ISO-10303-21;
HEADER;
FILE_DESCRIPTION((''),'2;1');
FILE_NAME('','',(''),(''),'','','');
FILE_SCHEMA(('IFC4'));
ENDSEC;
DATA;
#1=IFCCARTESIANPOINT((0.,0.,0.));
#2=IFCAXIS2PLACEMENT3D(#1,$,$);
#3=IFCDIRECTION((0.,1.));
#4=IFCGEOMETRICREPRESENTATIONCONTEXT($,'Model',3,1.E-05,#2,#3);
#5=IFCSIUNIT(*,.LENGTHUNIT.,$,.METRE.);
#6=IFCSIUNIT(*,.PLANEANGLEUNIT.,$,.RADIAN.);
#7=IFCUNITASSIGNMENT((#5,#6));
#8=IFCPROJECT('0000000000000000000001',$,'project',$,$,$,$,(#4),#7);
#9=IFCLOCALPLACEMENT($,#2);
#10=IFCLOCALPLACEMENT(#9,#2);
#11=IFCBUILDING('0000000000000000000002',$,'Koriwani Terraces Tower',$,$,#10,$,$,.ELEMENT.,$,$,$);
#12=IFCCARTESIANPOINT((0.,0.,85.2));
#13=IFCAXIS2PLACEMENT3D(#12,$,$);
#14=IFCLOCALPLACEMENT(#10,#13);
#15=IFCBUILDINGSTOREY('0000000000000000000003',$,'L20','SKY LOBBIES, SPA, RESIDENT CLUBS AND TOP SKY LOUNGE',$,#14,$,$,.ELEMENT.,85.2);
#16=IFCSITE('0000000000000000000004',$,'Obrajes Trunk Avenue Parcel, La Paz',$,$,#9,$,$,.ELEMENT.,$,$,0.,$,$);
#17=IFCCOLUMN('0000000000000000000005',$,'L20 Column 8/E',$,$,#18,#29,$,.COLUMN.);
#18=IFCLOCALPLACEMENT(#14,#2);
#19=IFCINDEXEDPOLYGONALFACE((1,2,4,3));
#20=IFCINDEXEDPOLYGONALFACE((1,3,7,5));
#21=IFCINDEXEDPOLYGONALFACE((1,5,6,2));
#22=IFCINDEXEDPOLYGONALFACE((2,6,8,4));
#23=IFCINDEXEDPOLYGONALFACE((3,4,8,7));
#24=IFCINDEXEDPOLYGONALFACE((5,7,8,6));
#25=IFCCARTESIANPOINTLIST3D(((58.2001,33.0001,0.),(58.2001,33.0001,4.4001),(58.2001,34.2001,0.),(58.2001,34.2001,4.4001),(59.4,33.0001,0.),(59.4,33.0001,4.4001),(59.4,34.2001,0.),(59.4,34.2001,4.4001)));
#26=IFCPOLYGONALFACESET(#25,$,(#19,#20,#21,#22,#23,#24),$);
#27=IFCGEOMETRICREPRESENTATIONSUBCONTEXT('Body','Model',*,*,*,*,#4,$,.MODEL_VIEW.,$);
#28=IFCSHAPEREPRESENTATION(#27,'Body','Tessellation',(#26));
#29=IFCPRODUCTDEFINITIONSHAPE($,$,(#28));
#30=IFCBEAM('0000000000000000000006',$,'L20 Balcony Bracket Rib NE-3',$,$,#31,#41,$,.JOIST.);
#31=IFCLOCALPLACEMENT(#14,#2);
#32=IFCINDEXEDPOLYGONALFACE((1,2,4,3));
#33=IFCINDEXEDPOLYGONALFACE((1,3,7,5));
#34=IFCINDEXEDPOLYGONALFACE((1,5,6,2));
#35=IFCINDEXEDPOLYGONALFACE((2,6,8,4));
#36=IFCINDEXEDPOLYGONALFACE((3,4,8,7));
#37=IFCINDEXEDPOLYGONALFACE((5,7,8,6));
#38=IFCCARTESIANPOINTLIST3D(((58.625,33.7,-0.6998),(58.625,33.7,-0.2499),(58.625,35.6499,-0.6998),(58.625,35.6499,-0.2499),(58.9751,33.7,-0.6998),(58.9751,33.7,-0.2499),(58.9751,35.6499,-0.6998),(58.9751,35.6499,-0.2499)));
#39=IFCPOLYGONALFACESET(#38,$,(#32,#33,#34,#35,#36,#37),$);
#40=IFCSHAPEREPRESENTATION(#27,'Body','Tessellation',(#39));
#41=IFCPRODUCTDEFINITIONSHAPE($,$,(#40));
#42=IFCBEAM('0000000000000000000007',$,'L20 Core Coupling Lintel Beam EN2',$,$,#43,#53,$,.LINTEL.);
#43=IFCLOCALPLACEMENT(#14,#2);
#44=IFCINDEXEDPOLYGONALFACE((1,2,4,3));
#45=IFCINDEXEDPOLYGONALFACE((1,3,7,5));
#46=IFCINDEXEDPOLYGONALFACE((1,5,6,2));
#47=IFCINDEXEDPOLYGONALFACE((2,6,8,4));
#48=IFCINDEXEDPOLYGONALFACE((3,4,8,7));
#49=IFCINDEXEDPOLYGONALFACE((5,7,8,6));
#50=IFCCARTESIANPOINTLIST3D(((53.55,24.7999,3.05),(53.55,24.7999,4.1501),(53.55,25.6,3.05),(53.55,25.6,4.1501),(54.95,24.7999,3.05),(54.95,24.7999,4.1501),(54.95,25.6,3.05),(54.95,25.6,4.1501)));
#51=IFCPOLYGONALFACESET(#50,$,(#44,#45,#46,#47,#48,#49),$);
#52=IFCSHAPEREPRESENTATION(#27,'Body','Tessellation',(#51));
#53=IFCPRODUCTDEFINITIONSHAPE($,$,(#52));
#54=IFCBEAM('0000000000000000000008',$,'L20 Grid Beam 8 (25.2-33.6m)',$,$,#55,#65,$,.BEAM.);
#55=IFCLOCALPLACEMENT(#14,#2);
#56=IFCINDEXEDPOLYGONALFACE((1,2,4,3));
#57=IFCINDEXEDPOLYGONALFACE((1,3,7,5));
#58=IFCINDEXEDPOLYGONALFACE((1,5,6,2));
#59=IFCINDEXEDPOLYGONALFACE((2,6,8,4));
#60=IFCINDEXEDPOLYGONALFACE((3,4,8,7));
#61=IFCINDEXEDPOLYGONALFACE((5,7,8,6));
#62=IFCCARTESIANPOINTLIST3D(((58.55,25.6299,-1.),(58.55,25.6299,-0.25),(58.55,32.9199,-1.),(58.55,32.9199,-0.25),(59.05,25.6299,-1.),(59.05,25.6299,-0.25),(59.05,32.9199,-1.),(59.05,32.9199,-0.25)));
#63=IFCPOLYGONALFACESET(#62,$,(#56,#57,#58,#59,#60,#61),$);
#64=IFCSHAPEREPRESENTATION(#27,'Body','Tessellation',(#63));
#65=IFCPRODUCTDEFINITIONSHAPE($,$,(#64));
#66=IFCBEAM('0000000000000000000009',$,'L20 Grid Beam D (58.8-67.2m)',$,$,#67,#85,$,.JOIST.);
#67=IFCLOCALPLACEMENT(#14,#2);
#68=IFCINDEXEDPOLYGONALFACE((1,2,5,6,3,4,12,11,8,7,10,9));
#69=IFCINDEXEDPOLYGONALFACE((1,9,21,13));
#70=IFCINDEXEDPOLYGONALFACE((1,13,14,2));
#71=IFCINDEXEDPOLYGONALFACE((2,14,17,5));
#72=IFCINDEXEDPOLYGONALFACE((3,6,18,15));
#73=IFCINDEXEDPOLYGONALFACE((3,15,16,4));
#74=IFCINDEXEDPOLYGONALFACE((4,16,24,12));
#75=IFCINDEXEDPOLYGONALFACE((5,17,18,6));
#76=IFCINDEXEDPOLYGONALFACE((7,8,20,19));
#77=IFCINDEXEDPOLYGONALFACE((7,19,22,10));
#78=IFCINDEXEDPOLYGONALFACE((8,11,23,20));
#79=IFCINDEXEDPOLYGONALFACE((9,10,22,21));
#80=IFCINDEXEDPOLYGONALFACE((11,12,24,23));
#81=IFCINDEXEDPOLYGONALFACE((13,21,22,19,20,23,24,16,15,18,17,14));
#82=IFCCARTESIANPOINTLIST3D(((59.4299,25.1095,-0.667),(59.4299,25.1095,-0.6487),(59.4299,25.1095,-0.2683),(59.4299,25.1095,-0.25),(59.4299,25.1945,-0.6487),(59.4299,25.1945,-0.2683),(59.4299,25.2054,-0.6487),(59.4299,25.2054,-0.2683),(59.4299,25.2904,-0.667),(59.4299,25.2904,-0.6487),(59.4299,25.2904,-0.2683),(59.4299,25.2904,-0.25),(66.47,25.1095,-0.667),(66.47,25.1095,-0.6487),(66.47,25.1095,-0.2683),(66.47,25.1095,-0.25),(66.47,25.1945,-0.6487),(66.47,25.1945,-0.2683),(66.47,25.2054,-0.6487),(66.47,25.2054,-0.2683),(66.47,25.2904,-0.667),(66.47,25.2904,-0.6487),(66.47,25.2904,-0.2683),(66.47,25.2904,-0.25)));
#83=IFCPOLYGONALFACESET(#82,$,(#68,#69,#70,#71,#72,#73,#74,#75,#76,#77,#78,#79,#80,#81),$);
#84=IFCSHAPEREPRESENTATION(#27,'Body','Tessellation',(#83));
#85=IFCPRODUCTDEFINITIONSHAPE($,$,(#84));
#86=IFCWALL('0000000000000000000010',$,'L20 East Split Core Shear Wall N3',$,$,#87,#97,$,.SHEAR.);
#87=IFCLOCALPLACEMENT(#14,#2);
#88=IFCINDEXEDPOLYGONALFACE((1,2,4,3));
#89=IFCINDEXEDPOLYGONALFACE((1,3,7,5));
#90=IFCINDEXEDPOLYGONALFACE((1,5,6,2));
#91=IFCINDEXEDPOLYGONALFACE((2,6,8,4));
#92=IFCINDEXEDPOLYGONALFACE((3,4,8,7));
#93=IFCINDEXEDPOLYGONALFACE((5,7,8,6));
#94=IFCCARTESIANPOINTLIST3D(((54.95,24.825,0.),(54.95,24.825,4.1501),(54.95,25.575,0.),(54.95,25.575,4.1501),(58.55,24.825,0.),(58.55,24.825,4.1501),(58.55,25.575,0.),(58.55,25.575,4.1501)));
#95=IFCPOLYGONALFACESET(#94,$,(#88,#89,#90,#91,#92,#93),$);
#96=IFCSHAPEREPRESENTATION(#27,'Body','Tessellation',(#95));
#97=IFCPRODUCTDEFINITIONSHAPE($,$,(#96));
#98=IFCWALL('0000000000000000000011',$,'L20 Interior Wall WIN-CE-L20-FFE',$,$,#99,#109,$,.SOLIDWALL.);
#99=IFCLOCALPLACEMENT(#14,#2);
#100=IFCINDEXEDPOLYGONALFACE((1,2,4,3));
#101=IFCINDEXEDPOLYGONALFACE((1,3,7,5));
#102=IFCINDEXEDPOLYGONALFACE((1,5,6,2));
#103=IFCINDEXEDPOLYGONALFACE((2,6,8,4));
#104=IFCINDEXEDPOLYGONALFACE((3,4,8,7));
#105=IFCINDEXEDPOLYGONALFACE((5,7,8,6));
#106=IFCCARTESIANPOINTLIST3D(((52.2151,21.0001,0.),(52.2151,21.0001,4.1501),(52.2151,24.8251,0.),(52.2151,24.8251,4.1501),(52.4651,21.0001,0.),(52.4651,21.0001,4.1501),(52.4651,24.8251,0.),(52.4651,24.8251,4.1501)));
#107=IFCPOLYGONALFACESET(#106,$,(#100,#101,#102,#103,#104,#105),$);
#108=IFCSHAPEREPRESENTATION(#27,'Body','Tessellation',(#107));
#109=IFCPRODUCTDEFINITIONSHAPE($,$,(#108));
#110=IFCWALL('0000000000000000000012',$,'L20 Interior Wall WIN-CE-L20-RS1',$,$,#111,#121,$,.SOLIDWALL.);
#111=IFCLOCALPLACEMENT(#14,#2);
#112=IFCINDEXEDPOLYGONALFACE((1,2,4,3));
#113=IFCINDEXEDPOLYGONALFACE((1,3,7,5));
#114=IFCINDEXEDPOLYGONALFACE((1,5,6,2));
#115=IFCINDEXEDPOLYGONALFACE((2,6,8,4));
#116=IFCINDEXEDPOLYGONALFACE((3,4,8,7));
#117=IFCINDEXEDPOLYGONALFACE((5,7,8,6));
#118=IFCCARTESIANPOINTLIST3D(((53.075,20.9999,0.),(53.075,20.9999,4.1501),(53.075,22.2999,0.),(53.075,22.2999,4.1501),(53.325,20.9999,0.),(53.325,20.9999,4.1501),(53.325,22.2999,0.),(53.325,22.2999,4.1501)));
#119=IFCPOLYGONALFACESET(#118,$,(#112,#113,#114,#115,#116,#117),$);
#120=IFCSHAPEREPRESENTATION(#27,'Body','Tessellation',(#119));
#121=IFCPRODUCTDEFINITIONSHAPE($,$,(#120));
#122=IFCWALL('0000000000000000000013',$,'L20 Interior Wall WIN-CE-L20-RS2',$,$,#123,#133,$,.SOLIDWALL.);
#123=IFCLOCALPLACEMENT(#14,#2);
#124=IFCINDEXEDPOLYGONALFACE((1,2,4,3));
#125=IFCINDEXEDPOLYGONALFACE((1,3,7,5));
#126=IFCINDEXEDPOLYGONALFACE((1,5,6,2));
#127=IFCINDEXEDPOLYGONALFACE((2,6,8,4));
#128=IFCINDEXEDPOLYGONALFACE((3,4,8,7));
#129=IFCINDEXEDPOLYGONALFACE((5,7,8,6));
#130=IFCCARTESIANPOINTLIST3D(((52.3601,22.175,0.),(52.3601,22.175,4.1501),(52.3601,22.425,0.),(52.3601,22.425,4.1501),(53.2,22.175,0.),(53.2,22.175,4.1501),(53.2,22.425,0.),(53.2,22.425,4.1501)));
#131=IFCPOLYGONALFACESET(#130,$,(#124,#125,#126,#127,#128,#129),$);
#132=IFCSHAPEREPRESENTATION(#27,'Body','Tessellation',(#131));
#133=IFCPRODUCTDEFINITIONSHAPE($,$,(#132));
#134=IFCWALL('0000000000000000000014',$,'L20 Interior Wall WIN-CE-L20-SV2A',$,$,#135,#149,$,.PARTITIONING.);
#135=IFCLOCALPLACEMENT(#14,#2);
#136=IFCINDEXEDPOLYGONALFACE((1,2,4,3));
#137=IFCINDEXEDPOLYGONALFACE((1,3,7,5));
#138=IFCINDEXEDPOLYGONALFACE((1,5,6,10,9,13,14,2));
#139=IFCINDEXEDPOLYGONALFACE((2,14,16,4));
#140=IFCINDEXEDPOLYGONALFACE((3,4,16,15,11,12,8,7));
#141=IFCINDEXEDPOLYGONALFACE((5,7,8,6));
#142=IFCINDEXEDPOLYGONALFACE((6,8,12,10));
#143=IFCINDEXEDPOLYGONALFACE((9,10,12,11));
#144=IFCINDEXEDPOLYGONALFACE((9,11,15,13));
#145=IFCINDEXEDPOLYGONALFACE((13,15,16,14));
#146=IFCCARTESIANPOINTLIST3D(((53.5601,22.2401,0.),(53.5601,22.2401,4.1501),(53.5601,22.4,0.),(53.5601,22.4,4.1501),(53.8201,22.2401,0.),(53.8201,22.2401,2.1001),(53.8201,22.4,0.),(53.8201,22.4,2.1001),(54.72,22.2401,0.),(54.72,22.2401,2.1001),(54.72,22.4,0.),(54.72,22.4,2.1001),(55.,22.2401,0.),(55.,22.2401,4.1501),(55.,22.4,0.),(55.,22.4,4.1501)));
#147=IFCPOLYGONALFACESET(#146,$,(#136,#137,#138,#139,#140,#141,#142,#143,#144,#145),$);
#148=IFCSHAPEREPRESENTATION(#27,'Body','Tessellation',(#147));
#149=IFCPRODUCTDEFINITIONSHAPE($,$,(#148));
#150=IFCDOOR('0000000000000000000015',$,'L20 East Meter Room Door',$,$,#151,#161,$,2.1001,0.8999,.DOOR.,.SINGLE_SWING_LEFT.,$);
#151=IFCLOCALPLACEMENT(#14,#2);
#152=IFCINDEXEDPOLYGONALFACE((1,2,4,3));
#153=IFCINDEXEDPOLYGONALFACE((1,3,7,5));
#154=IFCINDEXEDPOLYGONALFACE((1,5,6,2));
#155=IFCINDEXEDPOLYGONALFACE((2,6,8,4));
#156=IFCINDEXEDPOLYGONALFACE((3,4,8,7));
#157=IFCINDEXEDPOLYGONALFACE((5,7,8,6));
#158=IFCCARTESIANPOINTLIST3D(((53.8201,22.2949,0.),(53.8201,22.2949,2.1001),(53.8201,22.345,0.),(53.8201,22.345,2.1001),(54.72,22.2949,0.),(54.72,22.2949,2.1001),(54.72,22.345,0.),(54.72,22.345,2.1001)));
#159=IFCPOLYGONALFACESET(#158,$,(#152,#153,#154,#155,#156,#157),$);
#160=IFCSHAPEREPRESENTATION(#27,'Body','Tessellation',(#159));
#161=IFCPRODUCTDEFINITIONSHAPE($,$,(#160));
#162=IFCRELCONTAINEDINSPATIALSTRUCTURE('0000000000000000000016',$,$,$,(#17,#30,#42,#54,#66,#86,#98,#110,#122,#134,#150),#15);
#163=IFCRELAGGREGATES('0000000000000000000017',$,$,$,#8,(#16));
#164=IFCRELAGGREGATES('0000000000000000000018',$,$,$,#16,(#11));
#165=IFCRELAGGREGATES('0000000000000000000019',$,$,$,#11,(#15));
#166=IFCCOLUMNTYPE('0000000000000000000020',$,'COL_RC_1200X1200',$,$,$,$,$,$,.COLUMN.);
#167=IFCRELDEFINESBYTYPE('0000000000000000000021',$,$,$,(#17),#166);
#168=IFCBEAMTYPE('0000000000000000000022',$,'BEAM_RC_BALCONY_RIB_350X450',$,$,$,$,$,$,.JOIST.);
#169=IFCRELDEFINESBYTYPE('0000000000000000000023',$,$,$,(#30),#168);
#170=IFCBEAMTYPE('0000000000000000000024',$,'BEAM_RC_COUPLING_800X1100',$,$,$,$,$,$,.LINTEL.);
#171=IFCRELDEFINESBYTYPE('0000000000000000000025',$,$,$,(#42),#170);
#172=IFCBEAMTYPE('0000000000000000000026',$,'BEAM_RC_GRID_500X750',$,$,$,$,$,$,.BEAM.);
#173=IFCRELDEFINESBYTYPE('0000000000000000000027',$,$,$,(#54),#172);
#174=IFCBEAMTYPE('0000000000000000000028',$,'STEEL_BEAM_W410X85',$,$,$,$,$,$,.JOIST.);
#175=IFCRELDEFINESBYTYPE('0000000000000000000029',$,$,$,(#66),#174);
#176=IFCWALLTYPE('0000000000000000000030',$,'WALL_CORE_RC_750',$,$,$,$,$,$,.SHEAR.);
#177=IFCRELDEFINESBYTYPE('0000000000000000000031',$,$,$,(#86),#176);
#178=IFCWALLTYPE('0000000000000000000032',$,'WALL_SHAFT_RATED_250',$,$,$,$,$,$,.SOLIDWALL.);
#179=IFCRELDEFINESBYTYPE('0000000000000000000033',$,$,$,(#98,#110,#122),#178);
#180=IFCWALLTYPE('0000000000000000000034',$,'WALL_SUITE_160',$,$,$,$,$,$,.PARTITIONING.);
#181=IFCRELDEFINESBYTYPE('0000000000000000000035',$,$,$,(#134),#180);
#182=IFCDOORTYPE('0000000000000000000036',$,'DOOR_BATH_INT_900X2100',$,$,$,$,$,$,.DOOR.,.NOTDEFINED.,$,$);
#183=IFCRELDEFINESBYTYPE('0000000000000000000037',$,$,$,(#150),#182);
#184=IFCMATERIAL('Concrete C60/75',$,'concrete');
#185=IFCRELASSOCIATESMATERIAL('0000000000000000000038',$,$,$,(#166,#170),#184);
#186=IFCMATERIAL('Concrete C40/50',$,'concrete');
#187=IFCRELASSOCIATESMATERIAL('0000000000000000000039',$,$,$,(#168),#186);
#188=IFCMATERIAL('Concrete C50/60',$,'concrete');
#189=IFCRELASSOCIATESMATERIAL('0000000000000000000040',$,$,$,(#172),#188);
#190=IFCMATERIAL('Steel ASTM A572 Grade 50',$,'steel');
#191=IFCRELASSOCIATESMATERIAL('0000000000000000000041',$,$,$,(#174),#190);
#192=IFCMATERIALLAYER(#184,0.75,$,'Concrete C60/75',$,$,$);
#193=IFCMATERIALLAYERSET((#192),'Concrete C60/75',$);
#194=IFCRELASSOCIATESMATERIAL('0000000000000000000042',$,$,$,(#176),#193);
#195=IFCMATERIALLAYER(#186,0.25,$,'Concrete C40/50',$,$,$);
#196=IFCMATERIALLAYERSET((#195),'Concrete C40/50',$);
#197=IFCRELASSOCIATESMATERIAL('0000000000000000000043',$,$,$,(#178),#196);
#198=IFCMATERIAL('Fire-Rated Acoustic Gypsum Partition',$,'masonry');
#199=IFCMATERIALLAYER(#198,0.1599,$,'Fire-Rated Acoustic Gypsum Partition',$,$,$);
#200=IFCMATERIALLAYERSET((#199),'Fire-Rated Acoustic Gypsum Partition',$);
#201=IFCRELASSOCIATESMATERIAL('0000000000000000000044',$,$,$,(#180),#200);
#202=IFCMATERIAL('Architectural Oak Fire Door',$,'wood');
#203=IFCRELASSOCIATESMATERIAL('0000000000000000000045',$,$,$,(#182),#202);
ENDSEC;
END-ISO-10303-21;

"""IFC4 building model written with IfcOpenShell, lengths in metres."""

from ifc_helpers import new_model, si_unit, direction, frame, frame_2d, origin, origin_2d, place, context, subcontext, project, spatial, rectangle, i_section, extrude, material, layer, layer_set, material_profile, profile_set, type_object, element, fill, save


model = new_model("IFC4")

# Units and contexts
model_context = context("Model", 3, precision=1e-05, world=origin(), true_north=direction((0.0, 1.0)))
body_context = subcontext(model_context, "Body", "Model", "MODEL_VIEW")
ifc_project = project(units=[si_unit("LENGTHUNIT", "METRE"), si_unit("PLANEANGLEUNIT", "RADIAN")], contexts=[model_context])

# Site, building, storey
site_placement = place(None, origin())
site = spatial("IfcSite", under=ifc_project, at=site_placement, Name="Obrajes Trunk Avenue Parcel, La Paz", CompositionType="ELEMENT", RefElevation=0.0)
building_placement = place(site_placement, origin())
building = spatial("IfcBuilding", under=site, at=building_placement, Name="Koriwani Terraces Tower", CompositionType="ELEMENT")
storey_placement = place(building_placement, frame((0.0, 0.0, 85.2)))
storey = spatial("IfcBuildingStorey", under=building, at=storey_placement, Name="L20", Description="SKY LOBBIES, SPA, RESIDENT CLUBS AND TOP SKY LOUNGE", CompositionType="ELEMENT", Elevation=85.2)

# Column
ifc_material_1 = material(Name="Concrete C60/75", Category="concrete")
ifc_material_profile_1 = material_profile(ifc_material_1, rectangle(XDim=1.2, YDim=1.2, at=origin_2d()), Name="Concrete C60/75", Category="LoadBearing")
ifc_profile_set_1 = profile_set([ifc_material_profile_1], Name="Concrete C60/75")
column_type = type_object("IfcColumnType", Name="COL_RC_1200X1200", PredefinedType="COLUMN", material=ifc_profile_set_1)
column_placement = place(storey_placement, frame((58.8, 33.6001, 0.0), z_axis=(0.0, 0.0, 1.0), x_axis=(1.0, 0.0, 0.0)))
element("IfcColumn", 1, at=column_placement, inside=storey, type_object=column_type, Name="L20 Column 8/E", PredefinedType="COLUMN", context=body_context, shape_type="SweptSolid", body=[
    extrude(rectangle(XDim=1.2, YDim=1.2, at=origin_2d()), origin(), (0.0, 0.0, 1.0), 4.4001),
])

# Beams
ifc_material_2 = material(Name="Concrete C40/50", Category="concrete")
ifc_material_profile_2 = material_profile(ifc_material_2, rectangle(XDim=0.3501, YDim=0.45, at=origin_2d()), Name="Concrete C40/50", Category="LoadBearing")
ifc_profile_set_2 = profile_set([ifc_material_profile_2], Name="Concrete C40/50")
beam_type_1 = type_object("IfcBeamType", Name="BEAM_RC_BALCONY_RIB_350X450", PredefinedType="JOIST", material=ifc_profile_set_2)
beam_1_placement = place(storey_placement, frame((58.8, 33.7, -0.4749), z_axis=(0.0, 1.0, 0.0), x_axis=(-1.0, 0.0, 0.0)))
element("IfcBeam", 2, at=beam_1_placement, inside=storey, type_object=beam_type_1, Name="L20 Balcony Bracket Rib NE-3", PredefinedType="JOIST", context=body_context, shape_type="SweptSolid", body=[
    extrude(rectangle(XDim=0.3501, YDim=0.45, at=origin_2d()), origin(), (0.0, 0.0, 1.0), 1.95),
])
ifc_material_profile_3 = material_profile(ifc_material_1, rectangle(XDim=0.8, YDim=1.1001, at=origin_2d()), Name="Concrete C60/75", Category="LoadBearing")
ifc_profile_set_3 = profile_set([ifc_material_profile_3], Name="Concrete C60/75")
beam_type_2 = type_object("IfcBeamType", Name="BEAM_RC_COUPLING_800X1100", PredefinedType="LINTEL", material=ifc_profile_set_3)
beam_2_placement = place(storey_placement, frame((53.55, 25.2, 3.6001), z_axis=(1.0, 0.0, 0.0), x_axis=(0.0, 1.0, 0.0)))
element("IfcBeam", 3, at=beam_2_placement, inside=storey, type_object=beam_type_2, Name="L20 Core Coupling Lintel Beam EN2", PredefinedType="LINTEL", context=body_context, shape_type="SweptSolid", body=[
    extrude(rectangle(XDim=0.8, YDim=1.1001, at=origin_2d()), origin(), (0.0, 0.0, 1.0), 1.3999),
])
ifc_material_3 = material(Name="Concrete C50/60", Category="concrete")
ifc_material_profile_4 = material_profile(ifc_material_3, rectangle(XDim=0.5, YDim=0.75, at=origin_2d()), Name="Concrete C50/60", Category="LoadBearing")
ifc_profile_set_4 = profile_set([ifc_material_profile_4], Name="Concrete C50/60")
beam_type_3 = type_object("IfcBeamType", Name="BEAM_RC_GRID_500X750", PredefinedType="BEAM", material=ifc_profile_set_4)
beam_3_placement = place(storey_placement, frame((58.8, 25.6299, -0.625), z_axis=(0.0, 1.0, 0.0), x_axis=(-1.0, 0.0, 0.0)))
element("IfcBeam", 4, at=beam_3_placement, inside=storey, type_object=beam_type_3, Name="L20 Grid Beam 8 (25.2-33.6m)", PredefinedType="BEAM", context=body_context, shape_type="SweptSolid", body=[
    extrude(rectangle(XDim=0.5, YDim=0.75, at=origin_2d()), origin(), (0.0, 0.0, 1.0), 7.29),
])
ifc_material_4 = material(Name="Steel ASTM A572 Grade 50", Category="steel")
ifc_material_profile_5 = material_profile(ifc_material_4, i_section(OverallWidth=0.1809, OverallDepth=0.417, WebThickness=0.011, FlangeThickness=0.0183, at=origin_2d()), Name="Steel ASTM A572 Grade 50", Category="LoadBearing")
ifc_profile_set_5 = profile_set([ifc_material_profile_5], Name="Steel ASTM A572 Grade 50")
beam_type_4 = type_object("IfcBeamType", Name="STEEL_BEAM_W410X85", PredefinedType="JOIST", material=ifc_profile_set_5)
beam_4_placement = place(storey_placement, frame((59.4299, 25.2, -0.4585), z_axis=(1.0, 0.0, 0.0), x_axis=(0.0, 1.0, 0.0)))
element("IfcBeam", 5, at=beam_4_placement, inside=storey, type_object=beam_type_4, Name="L20 Grid Beam D (58.8-67.2m)", PredefinedType="JOIST", context=body_context, shape_type="SweptSolid", body=[
    extrude(i_section(OverallWidth=0.1809, OverallDepth=0.417, WebThickness=0.011, FlangeThickness=0.0183, at=origin_2d()), origin(), (0.0, 0.0, 1.0), 7.04),
])

# Walls
ifc_layer_1 = layer(ifc_material_1, 0.75, Name="Concrete C60/75")
ifc_layer_set_1 = layer_set([ifc_layer_1], Name="Concrete C60/75")
wall_type_1 = type_object("IfcWallType", Name="WALL_CORE_RC_750", PredefinedType="SHEAR", material=ifc_layer_set_1)
wall_1_placement = place(storey_placement, frame((54.95, 25.2, 0.0), z_axis=(0.0, 0.0, 1.0), x_axis=(1.0, 0.0, 0.0)))
element("IfcWall", 6, at=wall_1_placement, inside=storey, type_object=wall_type_1, Name="L20 East Split Core Shear Wall N3", PredefinedType="SHEAR", context=body_context, shape_type="SweptSolid", body=[
    extrude(rectangle(XDim=3.6001, YDim=0.75, at=frame_2d((1.8, 0.0))), origin(), (0.0, 0.0, 1.0), 4.1501),
])
ifc_layer_2 = layer(ifc_material_2, 0.25, Name="Concrete C40/50")
ifc_layer_set_2 = layer_set([ifc_layer_2], Name="Concrete C40/50")
wall_type_2 = type_object("IfcWallType", Name="WALL_SHAFT_RATED_250", PredefinedType="SOLIDWALL", material=ifc_layer_set_2)
wall_2_placement = place(storey_placement, frame((52.3401, 21.0, 0.0), z_axis=(0.0, 0.0, 1.0), x_axis=(0.0, 1.0, 0.0)))
element("IfcWall", 7, at=wall_2_placement, inside=storey, type_object=wall_type_2, Name="L20 Interior Wall WIN-CE-L20-FFE", PredefinedType="SOLIDWALL", context=body_context, shape_type="SweptSolid", body=[
    extrude(rectangle(XDim=3.825, YDim=0.25, at=frame_2d((1.9126, 0.0))), origin(), (0.0, 0.0, 1.0), 4.1501),
])

# Walls
wall_3_placement = place(storey_placement, frame((53.2, 21.0, 0.0), z_axis=(0.0, 0.0, 1.0), x_axis=(0.0, 1.0, 0.0)))
element("IfcWall", 8, at=wall_3_placement, inside=storey, type_object=wall_type_2, Name="L20 Interior Wall WIN-CE-L20-RS1", PredefinedType="SOLIDWALL", context=body_context, shape_type="SweptSolid", body=[
    extrude(rectangle(XDim=1.3, YDim=0.25, at=frame_2d((0.6499, 0.0))), origin(), (0.0, 0.0, 1.0), 4.1501),
])
wall_4_placement = place(storey_placement, frame((52.3601, 22.3, 0.0), z_axis=(0.0, 0.0, 1.0), x_axis=(1.0, 0.0, 0.0)))
element("IfcWall", 9, at=wall_4_placement, inside=storey, type_object=wall_type_2, Name="L20 Interior Wall WIN-CE-L20-RS2", PredefinedType="SOLIDWALL", context=body_context, shape_type="SweptSolid", body=[
    extrude(rectangle(XDim=0.8398, YDim=0.25, at=frame_2d((0.4199, 0.0))), origin(), (0.0, 0.0, 1.0), 4.1501),
])

# Wall, opening, door
ifc_material_5 = material(Name="Fire-Rated Acoustic Gypsum Partition", Category="masonry")
ifc_layer_3 = layer(ifc_material_5, 0.1599, Name="Fire-Rated Acoustic Gypsum Partition")
ifc_layer_set_3 = layer_set([ifc_layer_3], Name="Fire-Rated Acoustic Gypsum Partition")
wall_type_3 = type_object("IfcWallType", Name="WALL_SUITE_160", PredefinedType="PARTITIONING", material=ifc_layer_set_3)
wall_5_placement = place(storey_placement, frame((53.5601, 22.3201, 0.0), z_axis=(0.0, 0.0, 1.0), x_axis=(1.0, 0.0, 0.0)))
wall_5 = element("IfcWall", 10, at=wall_5_placement, inside=storey, type_object=wall_type_3, Name="L20 Interior Wall WIN-CE-L20-SV2A", PredefinedType="PARTITIONING", context=body_context, shape_type="SweptSolid", body=[
    extrude(rectangle(XDim=1.4399, YDim=0.1599, at=frame_2d((0.72, 0.0))), origin(), (0.0, 0.0, 1.0), 4.1501),
])
opening_1_placement = place(wall_5_placement, frame((0.26, 0.0, 0.0)))
opening_1 = element("IfcOpeningElement", 11, at=opening_1_placement, cuts=wall_5, PredefinedType="OPENING", context=body_context, shape_type="SweptSolid", body=[
    extrude(rectangle(XDim=0.8999, YDim=2.1001, at=frame_2d((0.45, 1.05))), frame((0.0, 0.0898, 0.0), z_axis=(0.0, -1.0, 0.0), x_axis=(1.0, 0.0, 0.0)), (0.0, 0.0, 1.0), 0.1799),
])
ifc_material_6 = material(Name="Architectural Oak Fire Door", Category="wood")
door_type_1 = type_object("IfcDoorType", Name="DOOR_BATH_INT_900X2100", OperationType="NOTDEFINED", PredefinedType="DOOR", material=ifc_material_6)
door_1_placement = place(opening_1_placement, origin())
door_1 = element("IfcDoor", 12, at=door_1_placement, inside=storey, type_object=door_type_1, Name="L20 East Meter Room Door", OperationType="SINGLE_SWING_LEFT", OverallHeight=2.1001, OverallWidth=0.8999, PredefinedType="DOOR", context=body_context, shape_type="SweptSolid", body=[
    extrude(rectangle(XDim=0.8999, YDim=2.1001, at=frame_2d((0.45, 1.05))), frame((0.0, 0.0249, 0.0), z_axis=(0.0, -1.0, 0.0), x_axis=(1.0, 0.0, 0.0)), (0.0, 0.0, 1.0), 0.05),
])
fill(opening_1, door_1)

save(model, "model.ifc")
